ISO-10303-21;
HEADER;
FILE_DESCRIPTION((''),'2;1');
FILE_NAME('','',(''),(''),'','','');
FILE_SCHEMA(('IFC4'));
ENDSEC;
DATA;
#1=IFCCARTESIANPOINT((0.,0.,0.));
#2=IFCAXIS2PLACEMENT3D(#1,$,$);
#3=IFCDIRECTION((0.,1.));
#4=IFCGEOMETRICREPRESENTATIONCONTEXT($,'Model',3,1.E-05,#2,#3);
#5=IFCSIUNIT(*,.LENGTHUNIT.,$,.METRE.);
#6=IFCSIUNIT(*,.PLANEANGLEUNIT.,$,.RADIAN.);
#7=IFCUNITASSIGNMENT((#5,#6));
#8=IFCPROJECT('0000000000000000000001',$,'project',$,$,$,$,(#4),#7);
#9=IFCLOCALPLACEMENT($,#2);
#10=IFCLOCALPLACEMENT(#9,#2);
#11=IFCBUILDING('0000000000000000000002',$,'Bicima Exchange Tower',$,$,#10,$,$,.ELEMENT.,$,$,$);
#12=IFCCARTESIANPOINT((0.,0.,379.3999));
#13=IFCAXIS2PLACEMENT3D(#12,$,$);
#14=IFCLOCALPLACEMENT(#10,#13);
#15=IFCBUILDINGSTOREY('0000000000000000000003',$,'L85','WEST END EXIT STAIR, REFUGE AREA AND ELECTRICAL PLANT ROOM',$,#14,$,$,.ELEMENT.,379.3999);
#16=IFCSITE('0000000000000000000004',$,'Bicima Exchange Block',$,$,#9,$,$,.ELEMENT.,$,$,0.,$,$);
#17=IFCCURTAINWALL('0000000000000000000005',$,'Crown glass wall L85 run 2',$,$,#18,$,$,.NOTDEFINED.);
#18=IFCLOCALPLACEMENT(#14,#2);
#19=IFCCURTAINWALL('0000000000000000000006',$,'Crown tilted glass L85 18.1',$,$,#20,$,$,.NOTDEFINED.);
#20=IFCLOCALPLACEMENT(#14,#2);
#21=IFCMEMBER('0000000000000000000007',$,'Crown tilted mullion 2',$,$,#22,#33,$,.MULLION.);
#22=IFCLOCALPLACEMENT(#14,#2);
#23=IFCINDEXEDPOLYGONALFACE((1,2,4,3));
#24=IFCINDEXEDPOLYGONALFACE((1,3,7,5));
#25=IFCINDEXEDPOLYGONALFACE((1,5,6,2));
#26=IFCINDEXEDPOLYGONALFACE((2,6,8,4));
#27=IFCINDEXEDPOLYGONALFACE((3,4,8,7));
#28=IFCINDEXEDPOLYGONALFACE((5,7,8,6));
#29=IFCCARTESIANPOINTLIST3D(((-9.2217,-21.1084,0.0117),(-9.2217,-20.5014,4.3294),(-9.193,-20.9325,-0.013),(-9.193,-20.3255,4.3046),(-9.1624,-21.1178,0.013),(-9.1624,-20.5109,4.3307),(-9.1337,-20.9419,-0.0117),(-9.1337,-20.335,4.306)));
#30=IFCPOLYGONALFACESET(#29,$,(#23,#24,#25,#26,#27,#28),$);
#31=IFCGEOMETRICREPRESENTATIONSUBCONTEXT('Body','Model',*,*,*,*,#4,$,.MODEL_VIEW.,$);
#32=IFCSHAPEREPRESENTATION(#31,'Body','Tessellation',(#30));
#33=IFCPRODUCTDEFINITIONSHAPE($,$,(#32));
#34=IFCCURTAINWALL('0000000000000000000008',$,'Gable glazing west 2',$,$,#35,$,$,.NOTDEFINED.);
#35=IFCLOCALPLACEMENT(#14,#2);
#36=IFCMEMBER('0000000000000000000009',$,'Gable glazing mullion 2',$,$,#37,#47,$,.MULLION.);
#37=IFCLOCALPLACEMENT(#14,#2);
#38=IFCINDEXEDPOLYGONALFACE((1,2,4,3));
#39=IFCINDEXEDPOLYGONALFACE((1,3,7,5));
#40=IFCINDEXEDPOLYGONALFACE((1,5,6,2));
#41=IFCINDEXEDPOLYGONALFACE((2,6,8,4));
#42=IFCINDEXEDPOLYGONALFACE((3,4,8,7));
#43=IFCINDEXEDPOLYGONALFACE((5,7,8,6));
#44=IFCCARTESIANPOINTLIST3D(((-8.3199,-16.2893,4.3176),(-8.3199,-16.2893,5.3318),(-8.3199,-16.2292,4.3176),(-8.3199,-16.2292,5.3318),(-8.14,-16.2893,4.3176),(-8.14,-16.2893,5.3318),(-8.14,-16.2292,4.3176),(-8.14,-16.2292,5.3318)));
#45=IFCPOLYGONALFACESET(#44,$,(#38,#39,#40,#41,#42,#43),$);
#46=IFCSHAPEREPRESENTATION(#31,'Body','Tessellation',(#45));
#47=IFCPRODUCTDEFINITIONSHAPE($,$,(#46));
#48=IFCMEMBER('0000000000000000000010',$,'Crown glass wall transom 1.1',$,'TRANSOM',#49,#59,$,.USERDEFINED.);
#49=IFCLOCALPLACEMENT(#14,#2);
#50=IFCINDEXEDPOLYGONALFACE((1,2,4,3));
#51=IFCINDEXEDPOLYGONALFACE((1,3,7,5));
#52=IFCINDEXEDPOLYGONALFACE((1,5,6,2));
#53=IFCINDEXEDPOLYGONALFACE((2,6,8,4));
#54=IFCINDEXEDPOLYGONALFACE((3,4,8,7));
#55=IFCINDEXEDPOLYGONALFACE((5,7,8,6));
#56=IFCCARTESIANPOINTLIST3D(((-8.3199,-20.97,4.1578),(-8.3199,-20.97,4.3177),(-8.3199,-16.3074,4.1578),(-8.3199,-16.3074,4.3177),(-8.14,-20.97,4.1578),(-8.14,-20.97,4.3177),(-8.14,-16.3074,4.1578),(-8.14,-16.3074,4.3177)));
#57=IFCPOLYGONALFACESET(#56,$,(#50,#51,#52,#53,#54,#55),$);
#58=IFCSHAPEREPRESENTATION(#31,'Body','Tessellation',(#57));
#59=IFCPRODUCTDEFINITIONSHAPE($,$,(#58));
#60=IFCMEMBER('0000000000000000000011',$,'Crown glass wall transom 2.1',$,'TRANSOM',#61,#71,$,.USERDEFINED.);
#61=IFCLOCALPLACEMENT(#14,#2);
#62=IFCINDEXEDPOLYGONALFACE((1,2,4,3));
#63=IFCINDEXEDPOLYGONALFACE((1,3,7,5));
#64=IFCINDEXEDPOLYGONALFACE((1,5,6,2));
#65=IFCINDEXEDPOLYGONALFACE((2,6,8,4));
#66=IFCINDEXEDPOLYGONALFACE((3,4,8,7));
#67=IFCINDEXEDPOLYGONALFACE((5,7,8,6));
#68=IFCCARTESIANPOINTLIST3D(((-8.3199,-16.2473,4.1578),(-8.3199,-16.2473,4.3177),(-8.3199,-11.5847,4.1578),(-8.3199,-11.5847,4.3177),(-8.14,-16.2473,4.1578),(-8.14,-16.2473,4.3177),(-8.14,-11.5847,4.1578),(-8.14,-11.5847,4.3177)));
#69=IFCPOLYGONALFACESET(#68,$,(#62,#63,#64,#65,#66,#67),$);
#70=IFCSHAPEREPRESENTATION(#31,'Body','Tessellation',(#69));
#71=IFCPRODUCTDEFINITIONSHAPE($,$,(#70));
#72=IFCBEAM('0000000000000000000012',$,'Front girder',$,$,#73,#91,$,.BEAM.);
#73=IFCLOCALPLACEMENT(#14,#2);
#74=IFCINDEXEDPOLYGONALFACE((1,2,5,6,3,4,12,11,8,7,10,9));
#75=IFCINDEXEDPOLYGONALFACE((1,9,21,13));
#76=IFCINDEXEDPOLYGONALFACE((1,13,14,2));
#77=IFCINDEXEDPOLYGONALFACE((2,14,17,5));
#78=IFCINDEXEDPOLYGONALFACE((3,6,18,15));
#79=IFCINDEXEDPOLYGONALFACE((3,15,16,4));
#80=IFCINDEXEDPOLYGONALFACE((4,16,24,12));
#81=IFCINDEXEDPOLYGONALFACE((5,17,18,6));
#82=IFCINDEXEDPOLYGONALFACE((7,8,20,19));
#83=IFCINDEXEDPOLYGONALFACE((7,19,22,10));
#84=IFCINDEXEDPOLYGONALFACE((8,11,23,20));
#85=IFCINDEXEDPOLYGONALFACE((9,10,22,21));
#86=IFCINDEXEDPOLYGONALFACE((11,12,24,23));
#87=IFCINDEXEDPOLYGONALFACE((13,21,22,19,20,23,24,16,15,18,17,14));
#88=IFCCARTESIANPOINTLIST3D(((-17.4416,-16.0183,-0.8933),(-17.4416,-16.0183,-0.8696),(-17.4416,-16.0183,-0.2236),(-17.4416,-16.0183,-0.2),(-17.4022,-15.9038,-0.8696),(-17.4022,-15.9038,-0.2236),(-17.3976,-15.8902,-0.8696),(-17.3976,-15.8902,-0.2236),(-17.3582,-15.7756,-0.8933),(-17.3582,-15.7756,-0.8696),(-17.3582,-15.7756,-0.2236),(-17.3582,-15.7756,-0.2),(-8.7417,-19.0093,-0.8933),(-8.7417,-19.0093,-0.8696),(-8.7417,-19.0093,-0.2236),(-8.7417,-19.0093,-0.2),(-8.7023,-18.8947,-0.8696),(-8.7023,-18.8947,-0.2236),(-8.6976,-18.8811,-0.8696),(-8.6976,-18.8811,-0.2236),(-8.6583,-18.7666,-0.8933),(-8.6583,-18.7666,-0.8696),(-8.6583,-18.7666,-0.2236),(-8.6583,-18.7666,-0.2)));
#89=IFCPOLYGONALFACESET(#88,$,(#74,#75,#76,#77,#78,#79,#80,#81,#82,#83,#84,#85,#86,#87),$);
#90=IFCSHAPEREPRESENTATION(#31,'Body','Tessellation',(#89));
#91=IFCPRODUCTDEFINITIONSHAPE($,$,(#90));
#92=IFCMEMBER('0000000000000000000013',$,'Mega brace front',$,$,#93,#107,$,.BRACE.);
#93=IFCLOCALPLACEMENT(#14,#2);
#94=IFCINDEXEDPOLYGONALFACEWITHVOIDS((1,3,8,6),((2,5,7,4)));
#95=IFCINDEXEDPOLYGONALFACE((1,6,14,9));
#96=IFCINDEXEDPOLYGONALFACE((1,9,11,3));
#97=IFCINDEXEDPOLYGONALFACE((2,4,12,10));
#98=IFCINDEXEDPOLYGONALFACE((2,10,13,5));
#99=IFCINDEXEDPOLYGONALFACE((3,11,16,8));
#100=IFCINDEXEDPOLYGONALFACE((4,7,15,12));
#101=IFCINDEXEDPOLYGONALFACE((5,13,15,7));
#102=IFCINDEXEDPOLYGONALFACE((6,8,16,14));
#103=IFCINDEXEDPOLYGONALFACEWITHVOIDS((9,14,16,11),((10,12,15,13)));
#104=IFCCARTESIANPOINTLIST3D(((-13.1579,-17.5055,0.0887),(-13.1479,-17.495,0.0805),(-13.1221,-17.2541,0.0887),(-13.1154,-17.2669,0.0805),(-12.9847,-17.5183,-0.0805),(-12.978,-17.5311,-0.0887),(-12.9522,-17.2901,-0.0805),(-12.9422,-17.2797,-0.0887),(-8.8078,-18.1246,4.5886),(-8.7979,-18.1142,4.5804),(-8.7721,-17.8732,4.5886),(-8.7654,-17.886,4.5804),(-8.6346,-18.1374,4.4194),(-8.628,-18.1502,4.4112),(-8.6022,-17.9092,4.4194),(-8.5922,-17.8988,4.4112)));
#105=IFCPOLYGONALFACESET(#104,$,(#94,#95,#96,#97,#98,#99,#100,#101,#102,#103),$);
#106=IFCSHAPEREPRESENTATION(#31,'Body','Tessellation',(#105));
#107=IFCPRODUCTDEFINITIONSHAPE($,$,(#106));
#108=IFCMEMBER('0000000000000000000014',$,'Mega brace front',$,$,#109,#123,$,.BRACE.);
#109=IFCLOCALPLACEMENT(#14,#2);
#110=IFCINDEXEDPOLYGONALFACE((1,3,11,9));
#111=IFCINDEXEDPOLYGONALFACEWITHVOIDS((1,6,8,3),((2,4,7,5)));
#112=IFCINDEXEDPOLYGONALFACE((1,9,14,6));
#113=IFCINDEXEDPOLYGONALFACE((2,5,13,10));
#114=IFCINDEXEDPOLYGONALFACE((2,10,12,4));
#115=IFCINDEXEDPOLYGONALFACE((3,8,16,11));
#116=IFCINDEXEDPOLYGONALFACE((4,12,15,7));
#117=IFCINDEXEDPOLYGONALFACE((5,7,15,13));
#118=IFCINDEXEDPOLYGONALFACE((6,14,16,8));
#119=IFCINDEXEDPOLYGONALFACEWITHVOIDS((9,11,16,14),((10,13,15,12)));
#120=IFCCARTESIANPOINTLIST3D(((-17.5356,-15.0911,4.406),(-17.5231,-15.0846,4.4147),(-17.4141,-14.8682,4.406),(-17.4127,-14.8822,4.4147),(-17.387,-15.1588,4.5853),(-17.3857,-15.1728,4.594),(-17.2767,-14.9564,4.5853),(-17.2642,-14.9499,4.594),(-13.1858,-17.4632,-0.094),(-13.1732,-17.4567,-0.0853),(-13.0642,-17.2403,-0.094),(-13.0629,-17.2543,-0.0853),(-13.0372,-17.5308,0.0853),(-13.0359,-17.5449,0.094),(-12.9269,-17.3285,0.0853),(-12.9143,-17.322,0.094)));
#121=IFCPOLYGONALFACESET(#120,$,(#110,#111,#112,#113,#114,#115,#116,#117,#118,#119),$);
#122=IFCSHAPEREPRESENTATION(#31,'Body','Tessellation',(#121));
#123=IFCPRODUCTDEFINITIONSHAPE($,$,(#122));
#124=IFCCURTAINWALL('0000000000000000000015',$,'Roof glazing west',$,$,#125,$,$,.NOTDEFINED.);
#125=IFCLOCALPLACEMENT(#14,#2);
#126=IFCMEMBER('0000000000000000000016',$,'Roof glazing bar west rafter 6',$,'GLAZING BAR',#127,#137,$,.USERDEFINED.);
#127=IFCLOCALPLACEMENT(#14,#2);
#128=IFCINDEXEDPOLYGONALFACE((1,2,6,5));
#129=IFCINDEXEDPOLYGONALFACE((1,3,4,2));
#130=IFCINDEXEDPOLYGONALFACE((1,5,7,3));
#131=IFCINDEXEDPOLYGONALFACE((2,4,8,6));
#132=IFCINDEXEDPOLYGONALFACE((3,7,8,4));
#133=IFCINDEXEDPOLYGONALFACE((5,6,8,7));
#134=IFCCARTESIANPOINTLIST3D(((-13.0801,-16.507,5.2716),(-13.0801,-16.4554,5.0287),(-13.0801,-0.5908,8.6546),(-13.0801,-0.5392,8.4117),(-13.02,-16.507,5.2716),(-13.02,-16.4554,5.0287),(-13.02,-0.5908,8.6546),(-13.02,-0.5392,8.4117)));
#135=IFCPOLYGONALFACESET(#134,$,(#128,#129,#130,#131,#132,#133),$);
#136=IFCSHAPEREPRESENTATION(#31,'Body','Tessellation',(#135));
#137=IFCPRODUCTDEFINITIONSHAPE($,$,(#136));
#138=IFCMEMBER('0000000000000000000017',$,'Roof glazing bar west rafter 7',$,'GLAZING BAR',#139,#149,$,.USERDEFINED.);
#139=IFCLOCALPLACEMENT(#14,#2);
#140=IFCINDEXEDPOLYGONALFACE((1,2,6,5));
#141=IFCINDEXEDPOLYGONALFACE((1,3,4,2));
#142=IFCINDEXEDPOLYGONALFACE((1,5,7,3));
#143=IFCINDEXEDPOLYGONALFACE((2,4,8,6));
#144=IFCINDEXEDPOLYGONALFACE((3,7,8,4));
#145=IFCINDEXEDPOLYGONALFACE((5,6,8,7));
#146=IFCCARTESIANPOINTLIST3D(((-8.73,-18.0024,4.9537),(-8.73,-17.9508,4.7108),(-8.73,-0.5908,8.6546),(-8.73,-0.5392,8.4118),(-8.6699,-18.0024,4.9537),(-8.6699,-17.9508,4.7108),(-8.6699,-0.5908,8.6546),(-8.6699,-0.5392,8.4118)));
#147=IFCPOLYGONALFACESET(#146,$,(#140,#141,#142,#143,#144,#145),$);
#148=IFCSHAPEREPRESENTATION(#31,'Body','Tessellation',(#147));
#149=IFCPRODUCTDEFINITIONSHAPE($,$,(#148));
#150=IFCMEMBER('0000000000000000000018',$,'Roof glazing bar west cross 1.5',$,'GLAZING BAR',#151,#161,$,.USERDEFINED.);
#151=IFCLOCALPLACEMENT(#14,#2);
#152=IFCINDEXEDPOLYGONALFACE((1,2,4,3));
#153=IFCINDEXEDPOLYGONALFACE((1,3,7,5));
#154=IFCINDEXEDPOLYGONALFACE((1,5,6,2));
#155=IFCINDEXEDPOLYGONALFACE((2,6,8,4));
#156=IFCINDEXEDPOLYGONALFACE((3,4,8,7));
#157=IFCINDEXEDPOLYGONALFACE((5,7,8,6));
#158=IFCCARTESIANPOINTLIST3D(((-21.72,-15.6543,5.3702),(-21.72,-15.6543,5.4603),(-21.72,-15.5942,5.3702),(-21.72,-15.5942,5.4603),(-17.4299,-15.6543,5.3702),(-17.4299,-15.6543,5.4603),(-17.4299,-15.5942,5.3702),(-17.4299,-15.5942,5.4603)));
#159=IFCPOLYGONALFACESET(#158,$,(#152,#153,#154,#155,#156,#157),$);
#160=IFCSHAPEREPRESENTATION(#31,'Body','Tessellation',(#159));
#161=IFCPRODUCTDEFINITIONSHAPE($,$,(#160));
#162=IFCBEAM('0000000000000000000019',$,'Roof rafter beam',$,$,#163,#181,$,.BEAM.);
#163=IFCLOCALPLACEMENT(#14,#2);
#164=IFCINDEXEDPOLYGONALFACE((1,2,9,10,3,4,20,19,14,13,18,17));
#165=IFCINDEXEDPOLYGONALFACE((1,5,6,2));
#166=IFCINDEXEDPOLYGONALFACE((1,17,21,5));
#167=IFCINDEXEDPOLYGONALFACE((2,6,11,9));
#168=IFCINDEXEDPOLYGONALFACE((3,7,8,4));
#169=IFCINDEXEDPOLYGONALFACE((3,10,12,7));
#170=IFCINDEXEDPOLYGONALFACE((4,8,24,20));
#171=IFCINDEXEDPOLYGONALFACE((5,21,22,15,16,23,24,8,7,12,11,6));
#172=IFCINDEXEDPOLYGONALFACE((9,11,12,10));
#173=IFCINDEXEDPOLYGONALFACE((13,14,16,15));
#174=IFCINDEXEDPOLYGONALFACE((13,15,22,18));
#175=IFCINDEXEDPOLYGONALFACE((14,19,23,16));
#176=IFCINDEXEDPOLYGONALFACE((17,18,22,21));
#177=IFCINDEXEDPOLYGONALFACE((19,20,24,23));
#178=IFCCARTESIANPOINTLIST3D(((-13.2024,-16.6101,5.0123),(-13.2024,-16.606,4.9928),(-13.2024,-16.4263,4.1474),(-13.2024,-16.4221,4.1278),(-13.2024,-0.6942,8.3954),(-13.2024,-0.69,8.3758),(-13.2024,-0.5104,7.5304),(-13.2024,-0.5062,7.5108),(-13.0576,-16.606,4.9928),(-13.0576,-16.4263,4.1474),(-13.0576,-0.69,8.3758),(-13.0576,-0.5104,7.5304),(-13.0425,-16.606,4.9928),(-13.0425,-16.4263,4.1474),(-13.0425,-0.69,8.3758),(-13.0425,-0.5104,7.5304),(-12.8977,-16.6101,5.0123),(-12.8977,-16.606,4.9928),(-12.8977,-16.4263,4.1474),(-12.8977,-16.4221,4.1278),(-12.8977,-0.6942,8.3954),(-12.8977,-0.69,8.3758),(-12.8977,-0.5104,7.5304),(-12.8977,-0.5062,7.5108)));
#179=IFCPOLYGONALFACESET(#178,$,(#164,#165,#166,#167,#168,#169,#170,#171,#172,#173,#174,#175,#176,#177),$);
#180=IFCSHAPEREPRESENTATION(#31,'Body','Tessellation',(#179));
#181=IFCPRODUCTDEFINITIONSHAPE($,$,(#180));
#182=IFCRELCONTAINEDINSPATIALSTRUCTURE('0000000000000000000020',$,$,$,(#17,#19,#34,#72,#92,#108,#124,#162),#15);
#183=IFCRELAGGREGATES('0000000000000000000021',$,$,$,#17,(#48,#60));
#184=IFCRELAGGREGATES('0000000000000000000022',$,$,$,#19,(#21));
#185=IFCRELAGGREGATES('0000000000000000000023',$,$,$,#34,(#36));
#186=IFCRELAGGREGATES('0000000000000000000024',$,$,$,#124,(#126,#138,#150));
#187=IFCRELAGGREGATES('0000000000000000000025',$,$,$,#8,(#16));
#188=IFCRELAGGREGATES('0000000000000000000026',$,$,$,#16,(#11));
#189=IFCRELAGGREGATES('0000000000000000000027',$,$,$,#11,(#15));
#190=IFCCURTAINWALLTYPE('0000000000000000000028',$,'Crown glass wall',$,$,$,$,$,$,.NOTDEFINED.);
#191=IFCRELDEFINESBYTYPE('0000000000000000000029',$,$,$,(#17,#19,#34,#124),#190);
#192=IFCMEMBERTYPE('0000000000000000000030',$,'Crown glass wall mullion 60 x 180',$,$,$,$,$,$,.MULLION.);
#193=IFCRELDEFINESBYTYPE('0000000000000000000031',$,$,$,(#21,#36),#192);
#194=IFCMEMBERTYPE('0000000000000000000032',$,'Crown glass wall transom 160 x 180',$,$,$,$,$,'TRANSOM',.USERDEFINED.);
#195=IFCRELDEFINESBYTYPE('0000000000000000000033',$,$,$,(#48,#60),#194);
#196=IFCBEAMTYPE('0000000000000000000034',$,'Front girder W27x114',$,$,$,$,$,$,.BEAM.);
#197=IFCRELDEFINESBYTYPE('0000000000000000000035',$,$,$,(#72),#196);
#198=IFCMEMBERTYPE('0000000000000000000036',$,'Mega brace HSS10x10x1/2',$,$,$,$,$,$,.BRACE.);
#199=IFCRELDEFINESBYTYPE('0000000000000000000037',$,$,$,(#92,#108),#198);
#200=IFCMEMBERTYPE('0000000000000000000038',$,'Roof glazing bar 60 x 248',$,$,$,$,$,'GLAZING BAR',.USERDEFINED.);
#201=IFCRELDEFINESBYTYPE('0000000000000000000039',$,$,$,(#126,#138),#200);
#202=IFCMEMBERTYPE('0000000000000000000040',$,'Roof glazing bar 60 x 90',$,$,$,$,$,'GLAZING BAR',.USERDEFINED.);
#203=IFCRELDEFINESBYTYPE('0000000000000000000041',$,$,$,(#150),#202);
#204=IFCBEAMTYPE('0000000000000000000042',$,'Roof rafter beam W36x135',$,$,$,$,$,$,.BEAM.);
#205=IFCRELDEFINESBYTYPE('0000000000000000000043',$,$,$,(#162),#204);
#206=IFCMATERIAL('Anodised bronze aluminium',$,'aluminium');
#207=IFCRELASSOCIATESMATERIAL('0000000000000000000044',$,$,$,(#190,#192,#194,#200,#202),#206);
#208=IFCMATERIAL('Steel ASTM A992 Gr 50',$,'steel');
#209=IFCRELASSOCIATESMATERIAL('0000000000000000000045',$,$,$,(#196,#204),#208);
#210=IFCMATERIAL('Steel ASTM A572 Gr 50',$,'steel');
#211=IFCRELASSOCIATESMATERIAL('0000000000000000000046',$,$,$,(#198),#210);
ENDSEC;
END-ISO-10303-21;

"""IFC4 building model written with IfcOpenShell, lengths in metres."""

from ifc_helpers import new_model, si_unit, direction, frame, origin, origin_2d, place, context, subcontext, project, spatial, rectangle, hollow_rectangle, i_section, extrude, material, material_profile, profile_set, type_object, element, aggregate, save


model = new_model("IFC4")

# Units and contexts
model_context = context("Model", 3, precision=1e-05, world=origin(), true_north=direction((0.0, 1.0)))
body_context = subcontext(model_context, "Body", "Model", "MODEL_VIEW")
ifc_project = project(units=[si_unit("LENGTHUNIT", "METRE"), si_unit("PLANEANGLEUNIT", "RADIAN")], contexts=[model_context])

# Site, building, storey
site_placement = place(None, origin())
site = spatial("IfcSite", under=ifc_project, at=site_placement, Name="Bicima Exchange Block", CompositionType="ELEMENT", RefElevation=0.0)
building_placement = place(site_placement, origin())
building = spatial("IfcBuilding", under=site, at=building_placement, Name="Bicima Exchange Tower", CompositionType="ELEMENT")
storey_placement = place(building_placement, frame((0.0, 0.0, 379.3999)))
storey = spatial("IfcBuildingStorey", under=building, at=storey_placement, Name="L85", Description="WEST END EXIT STAIR, REFUGE AREA AND ELECTRICAL PLANT ROOM", CompositionType="ELEMENT", Elevation=379.3999)

# Shared definitions
ifc_material_1 = material(Name="Steel ASTM A992 Gr 50", Category="steel")

# Curtain walls, member
ifc_material_2 = material(Name="Anodised bronze aluminium", Category="aluminium")
curtain_wall_type = type_object("IfcCurtainWallType", Name="Crown glass wall", PredefinedType="NOTDEFINED", material=ifc_material_2)
curtain_wall_1_placement = place(storey_placement, origin())
curtain_wall_1 = element("IfcCurtainWall", 1, at=curtain_wall_1_placement, inside=storey, type_object=curtain_wall_type, Name="Crown glass wall L85 run 2", PredefinedType="NOTDEFINED")
ifc_material_profile_1 = material_profile(ifc_material_2, rectangle(XDim=0.1799, YDim=0.0601, at=origin_2d()))
ifc_profile_set_1 = profile_set([ifc_material_profile_1], Name="Anodised bronze aluminium")
member_type_1 = type_object("IfcMemberType", Name="Crown glass wall mullion 60 x 180", PredefinedType="MULLION", material=ifc_profile_set_1)
curtain_wall_2_placement = place(storey_placement, origin())
curtain_wall_2 = element("IfcCurtainWall", 2, at=curtain_wall_2_placement, inside=storey, type_object=curtain_wall_type, Name="Crown tilted glass L85 18.1", PredefinedType="NOTDEFINED")
member_1_placement = place(storey_placement, frame((-9.1777, -21.0251, 0.0), z_axis=(0.0, 0.139202, 0.990264), x_axis=(-0.15955, -0.977578, 0.137419)))
member_1 = element("IfcMember", 3, at=member_1_placement, type_object=member_type_1, Name="Crown tilted mullion 2", PredefinedType="MULLION", context=body_context, shape_type="SweptSolid", body=[
    extrude(rectangle(XDim=0.1799, YDim=0.0601, at=origin_2d()), origin(), (0.0, 0.0, 1.0), 4.3601),
])

# Curtain wall, member
curtain_wall_3_placement = place(storey_placement, origin())
curtain_wall_3 = element("IfcCurtainWall", 4, at=curtain_wall_3_placement, inside=storey, type_object=curtain_wall_type, Name="Gable glazing west 2", PredefinedType="NOTDEFINED")
member_2_placement = place(storey_placement, frame((-8.23, -16.2593, 4.3176), z_axis=(0.0, 0.0, 1.0), x_axis=(-1.0, 0.0, 0.0)))
member_2 = element("IfcMember", 5, at=member_2_placement, type_object=member_type_1, Name="Gable glazing mullion 2", PredefinedType="MULLION", context=body_context, shape_type="SweptSolid", body=[
    extrude(rectangle(XDim=0.1799, YDim=0.0601, at=origin_2d()), origin(), (0.0, 0.0, 1.0), 1.0142),
])

# Members
ifc_material_profile_2 = material_profile(ifc_material_2, rectangle(XDim=0.1799, YDim=0.1599, at=origin_2d()))
ifc_profile_set_2 = profile_set([ifc_material_profile_2], Name="Anodised bronze aluminium")
member_type_2 = type_object("IfcMemberType", Name="Crown glass wall transom 160 x 180", ElementType="TRANSOM", PredefinedType="USERDEFINED", material=ifc_profile_set_2)
member_3_placement = place(storey_placement, frame((-8.23, -20.97, 4.2378), z_axis=(0.0, 1.0, 0.0), x_axis=(-1.0, 0.0, 0.0)))
member_3 = element("IfcMember", 6, at=member_3_placement, type_object=member_type_2, Name="Crown glass wall transom 1.1", ObjectType="TRANSOM", PredefinedType="USERDEFINED", context=body_context, shape_type="SweptSolid", body=[
    extrude(rectangle(XDim=0.1799, YDim=0.1599, at=origin_2d()), origin(), (0.0, 0.0, 1.0), 4.6626),
])
member_4_placement = place(storey_placement, frame((-8.23, -16.2473, 4.2378), z_axis=(0.0, 1.0, 0.0), x_axis=(-1.0, 0.0, 0.0)))
member_4 = element("IfcMember", 7, at=member_4_placement, type_object=member_type_2, Name="Crown glass wall transom 2.1", ObjectType="TRANSOM", PredefinedType="USERDEFINED", context=body_context, shape_type="SweptSolid", body=[
    extrude(rectangle(XDim=0.1799, YDim=0.1599, at=origin_2d()), origin(), (0.0, 0.0, 1.0), 4.6626),
])

# Beam
ifc_material_profile_3 = material_profile(ifc_material_1, i_section(OverallWidth=0.2566, OverallDepth=0.6934, WebThickness=0.0144, FlangeThickness=0.0237, at=origin_2d()))
ifc_profile_set_3 = profile_set([ifc_material_profile_3], Name="Steel ASTM A992 Gr 50")
beam_type_1 = type_object("IfcBeamType", Name="Front girder W27x114", PredefinedType="BEAM", material=ifc_profile_set_3)
beam_1_placement = place(storey_placement, frame((-17.3999, -15.897, -0.5466), z_axis=(0.945675, -0.325115, 0.0), x_axis=(0.325115, 0.945675, 0.0)))
element("IfcBeam", 8, at=beam_1_placement, inside=storey, type_object=beam_type_1, Name="Front girder", PredefinedType="BEAM", context=body_context, shape_type="SweptSolid", body=[
    extrude(i_section(OverallWidth=0.2566, OverallDepth=0.6934, WebThickness=0.0144, FlangeThickness=0.0237, at=origin_2d()), origin(), (0.0, 0.0, 1.0), 9.1997),
])

# Members
ifc_material_3 = material(Name="Steel ASTM A572 Gr 50", Category="steel")
ifc_material_profile_4 = material_profile(ifc_material_3, hollow_rectangle(XDim=0.2539, YDim=0.2539, WallThickness=0.0117, at=origin_2d()))
ifc_profile_set_4 = profile_set([ifc_material_profile_4], Name="Steel ASTM A572 Gr 50")
member_type_3 = type_object("IfcMemberType", Name="Mega brace HSS10x10x1/2", PredefinedType="BRACE", material=ifc_profile_set_4)
member_5_placement = place(storey_placement, frame((-13.05, -17.3926, 0.0), z_axis=(0.691654, -0.098442, 0.715488), x_axis=(0.140908, 0.990023, 0.0)))
element("IfcMember", 9, at=member_5_placement, inside=storey, type_object=member_type_3, Name="Mega brace front", PredefinedType="BRACE", context=body_context, shape_type="SweptSolid", body=[
    extrude(hollow_rectangle(XDim=0.2539, YDim=0.2539, WallThickness=0.0117, at=origin_2d()), origin(), (0.0, 0.0, 1.0), 6.2893),
])
member_6_placement = place(storey_placement, frame((-13.05, -17.3926, 0.0), z_axis=(-0.649899, 0.354404, 0.672332), x_axis=(-0.478762, -0.877945, 0.0)))
element("IfcMember", 10, at=member_6_placement, inside=storey, type_object=member_type_3, Name="Mega brace front", PredefinedType="BRACE", context=body_context, shape_type="SweptSolid", body=[
    extrude(hollow_rectangle(XDim=0.2539, YDim=0.2539, WallThickness=0.0117, at=origin_2d()), origin(), (0.0, 0.0, 1.0), 6.6931),
])

# Curtain wall, members
curtain_wall_4_placement = place(storey_placement, origin())
curtain_wall_4 = element("IfcCurtainWall", 11, at=curtain_wall_4_placement, inside=storey, type_object=curtain_wall_type, Name="Roof glazing west", PredefinedType="NOTDEFINED")
ifc_material_profile_5 = material_profile(ifc_material_2, rectangle(XDim=0.0601, YDim=0.2483, at=origin_2d()))
ifc_profile_set_5 = profile_set([ifc_material_profile_5], Name="Anodised bronze aluminium")
member_type_4 = type_object("IfcMemberType", Name="Roof glazing bar 60 x 248", ElementType="GLAZING BAR", PredefinedType="USERDEFINED", material=ifc_profile_set_5)
member_7_placement = place(storey_placement, frame((-13.05, -16.4812, 5.1501), z_axis=(0.0, 0.978148, 0.207909), x_axis=(-1.0, 0.0, 0.0)))
member_7 = element("IfcMember", 12, at=member_7_placement, type_object=member_type_4, Name="Roof glazing bar west rafter 6", ObjectType="GLAZING BAR", PredefinedType="USERDEFINED", context=body_context, shape_type="SweptSolid", body=[
    extrude(rectangle(XDim=0.0601, YDim=0.2483, at=origin_2d()), origin(), (0.0, 0.0, 1.0), 16.2717),
])
member_8_placement = place(storey_placement, frame((-8.7, -17.9766, 4.8323), z_axis=(0.0, 0.978148, 0.20791), x_axis=(-1.0, 0.0, 0.0)))
member_8 = element("IfcMember", 13, at=member_8_placement, type_object=member_type_4, Name="Roof glazing bar west rafter 7", ObjectType="GLAZING BAR", PredefinedType="USERDEFINED", context=body_context, shape_type="SweptSolid", body=[
    extrude(rectangle(XDim=0.0601, YDim=0.2483, at=origin_2d()), origin(), (0.0, 0.0, 1.0), 17.8005),
])
ifc_material_profile_6 = material_profile(ifc_material_2, rectangle(XDim=0.0601, YDim=0.0901, at=origin_2d()))
ifc_profile_set_6 = profile_set([ifc_material_profile_6], Name="Anodised bronze aluminium")
member_type_5 = type_object("IfcMemberType", Name="Roof glazing bar 60 x 90", ElementType="GLAZING BAR", PredefinedType="USERDEFINED", material=ifc_profile_set_6)
member_9_placement = place(storey_placement, frame((-21.72, -15.6243, 5.4153), z_axis=(1.0, 0.0, 0.0), x_axis=(0.0, 1.0, 0.0)))
member_9 = element("IfcMember", 14, at=member_9_placement, type_object=member_type_5, Name="Roof glazing bar west cross 1.5", ObjectType="GLAZING BAR", PredefinedType="USERDEFINED", context=body_context, shape_type="SweptSolid", body=[
    extrude(rectangle(XDim=0.0601, YDim=0.0901, at=origin_2d()), origin(), (0.0, 0.0, 1.0), 4.29),
])

# Beam
ifc_material_profile_7 = material_profile(ifc_material_1, i_section(OverallWidth=0.3047, OverallDepth=0.9043, WebThickness=0.0151, FlangeThickness=0.02, at=origin_2d()))
ifc_profile_set_7 = profile_set([ifc_material_profile_7], Name="Steel ASTM A992 Gr 50")
beam_type_2 = type_object("IfcBeamType", Name="Roof rafter beam W36x135", PredefinedType="BEAM", material=ifc_profile_set_7)
beam_2_placement = place(storey_placement, frame((-13.05, -16.5161, 4.5701), z_axis=(0.0, 0.978148, 0.207912), x_axis=(-1.0, 0.0, 0.0)))
element("IfcBeam", 15, at=beam_2_placement, inside=storey, type_object=beam_type_2, Name="Roof rafter beam", PredefinedType="BEAM", context=body_context, shape_type="SweptSolid", body=[
    extrude(i_section(OverallWidth=0.3047, OverallDepth=0.9043, WebThickness=0.0151, FlangeThickness=0.02, at=origin_2d()), origin(), (0.0, 0.0, 1.0), 16.2715),
])

aggregate(curtain_wall_1, [member_3, member_4])
aggregate(curtain_wall_2, [member_1])
aggregate(curtain_wall_3, [member_2])

aggregate(curtain_wall_4, [member_7, member_8, member_9])

save(model, "model.ifc")
